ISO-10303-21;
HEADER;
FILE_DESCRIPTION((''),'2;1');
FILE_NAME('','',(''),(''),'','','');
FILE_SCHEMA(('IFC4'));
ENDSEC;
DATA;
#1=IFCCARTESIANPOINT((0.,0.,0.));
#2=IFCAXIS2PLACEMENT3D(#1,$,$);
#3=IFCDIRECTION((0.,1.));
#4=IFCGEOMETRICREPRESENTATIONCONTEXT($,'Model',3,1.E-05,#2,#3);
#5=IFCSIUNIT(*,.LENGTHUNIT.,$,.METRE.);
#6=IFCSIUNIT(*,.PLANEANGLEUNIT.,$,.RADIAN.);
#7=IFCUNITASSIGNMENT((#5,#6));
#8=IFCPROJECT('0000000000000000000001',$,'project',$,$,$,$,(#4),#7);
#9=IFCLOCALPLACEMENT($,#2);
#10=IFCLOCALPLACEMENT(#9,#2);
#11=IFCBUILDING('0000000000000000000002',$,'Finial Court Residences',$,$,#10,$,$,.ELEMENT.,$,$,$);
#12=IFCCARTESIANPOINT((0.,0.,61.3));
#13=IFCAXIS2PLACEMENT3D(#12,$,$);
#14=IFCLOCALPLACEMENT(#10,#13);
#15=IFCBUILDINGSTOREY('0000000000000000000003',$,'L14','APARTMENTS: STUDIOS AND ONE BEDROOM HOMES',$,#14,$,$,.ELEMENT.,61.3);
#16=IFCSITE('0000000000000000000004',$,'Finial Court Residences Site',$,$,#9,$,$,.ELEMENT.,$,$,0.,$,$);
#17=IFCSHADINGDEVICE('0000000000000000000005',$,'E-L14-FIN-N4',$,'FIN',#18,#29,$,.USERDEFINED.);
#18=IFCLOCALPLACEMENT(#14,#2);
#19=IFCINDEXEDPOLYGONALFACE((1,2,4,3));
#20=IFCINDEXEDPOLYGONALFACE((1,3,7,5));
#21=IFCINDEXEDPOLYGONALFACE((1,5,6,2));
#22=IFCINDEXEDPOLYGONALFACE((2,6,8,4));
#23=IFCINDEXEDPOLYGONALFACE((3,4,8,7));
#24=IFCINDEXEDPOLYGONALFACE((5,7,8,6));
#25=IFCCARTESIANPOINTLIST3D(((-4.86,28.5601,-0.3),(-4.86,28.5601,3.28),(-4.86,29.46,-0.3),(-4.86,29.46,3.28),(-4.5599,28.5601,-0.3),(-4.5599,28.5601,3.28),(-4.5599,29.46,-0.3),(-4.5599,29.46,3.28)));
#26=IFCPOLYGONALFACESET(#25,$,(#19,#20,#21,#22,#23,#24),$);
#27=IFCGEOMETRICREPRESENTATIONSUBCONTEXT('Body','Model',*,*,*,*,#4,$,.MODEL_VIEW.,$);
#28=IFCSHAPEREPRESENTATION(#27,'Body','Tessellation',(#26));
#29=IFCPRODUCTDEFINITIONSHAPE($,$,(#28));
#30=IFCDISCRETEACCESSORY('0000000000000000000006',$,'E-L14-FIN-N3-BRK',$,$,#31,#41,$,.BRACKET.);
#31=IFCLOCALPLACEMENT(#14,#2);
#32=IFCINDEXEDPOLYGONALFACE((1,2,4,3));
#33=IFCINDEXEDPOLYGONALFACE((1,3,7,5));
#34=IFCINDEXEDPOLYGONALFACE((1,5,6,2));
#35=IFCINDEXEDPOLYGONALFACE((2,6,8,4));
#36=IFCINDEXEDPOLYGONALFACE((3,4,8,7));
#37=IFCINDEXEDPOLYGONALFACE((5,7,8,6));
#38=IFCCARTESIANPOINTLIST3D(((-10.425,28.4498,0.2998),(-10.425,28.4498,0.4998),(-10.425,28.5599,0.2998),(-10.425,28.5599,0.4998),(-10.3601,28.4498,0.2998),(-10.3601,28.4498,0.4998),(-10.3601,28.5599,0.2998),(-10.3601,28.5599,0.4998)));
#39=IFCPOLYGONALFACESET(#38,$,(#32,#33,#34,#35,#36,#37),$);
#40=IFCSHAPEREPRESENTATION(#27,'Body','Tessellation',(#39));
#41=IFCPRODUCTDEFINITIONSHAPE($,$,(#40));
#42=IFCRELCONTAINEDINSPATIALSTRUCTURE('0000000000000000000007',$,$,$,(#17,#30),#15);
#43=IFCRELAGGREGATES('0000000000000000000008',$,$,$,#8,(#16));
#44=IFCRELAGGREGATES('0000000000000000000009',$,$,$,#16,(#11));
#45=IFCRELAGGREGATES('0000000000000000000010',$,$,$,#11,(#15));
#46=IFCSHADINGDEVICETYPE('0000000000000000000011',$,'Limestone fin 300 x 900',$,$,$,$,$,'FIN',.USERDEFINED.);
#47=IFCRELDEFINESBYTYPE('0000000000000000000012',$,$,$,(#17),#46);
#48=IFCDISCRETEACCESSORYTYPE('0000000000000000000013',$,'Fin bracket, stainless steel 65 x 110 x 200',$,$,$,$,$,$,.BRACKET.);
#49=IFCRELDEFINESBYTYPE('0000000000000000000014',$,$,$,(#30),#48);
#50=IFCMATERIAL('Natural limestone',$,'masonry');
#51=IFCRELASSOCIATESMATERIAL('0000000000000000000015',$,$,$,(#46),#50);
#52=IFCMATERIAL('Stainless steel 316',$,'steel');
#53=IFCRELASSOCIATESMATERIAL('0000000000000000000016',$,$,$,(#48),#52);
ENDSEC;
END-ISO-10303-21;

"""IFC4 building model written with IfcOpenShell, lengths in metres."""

from ifc_helpers import new_model, si_unit, direction, frame, origin, origin_2d, place, context, subcontext, project, spatial, rectangle, extrude, material, type_object, element, save


model = new_model("IFC4")

# Units and contexts
model_context = context("Model", 3, precision=1e-05, world=origin(), true_north=direction((0.0, 1.0)))
body_context = subcontext(model_context, "Body", "Model", "MODEL_VIEW")
ifc_project = project(units=[si_unit("LENGTHUNIT", "METRE"), si_unit("PLANEANGLEUNIT", "RADIAN")], contexts=[model_context])

# Site, building, storey
site_placement = place(None, origin())
site = spatial("IfcSite", under=ifc_project, at=site_placement, Name="Finial Court Residences Site", CompositionType="ELEMENT", RefElevation=0.0)
building_placement = place(site_placement, origin())
building = spatial("IfcBuilding", under=site, at=building_placement, Name="Finial Court Residences", CompositionType="ELEMENT")
storey_placement = place(building_placement, frame((0.0, 0.0, 61.3)))
storey = spatial("IfcBuildingStorey", under=building, at=storey_placement, Name="L14", Description="APARTMENTS: STUDIOS AND ONE BEDROOM HOMES", CompositionType="ELEMENT", Elevation=61.3)

# Shared definitions
ifc_material_1 = material(Name="Natural limestone", Category="masonry")

# Shading device
shading_device_type = type_object("IfcShadingDeviceType", Name="Limestone fin 300 x 900", ElementType="FIN", PredefinedType="USERDEFINED", material=ifc_material_1)
for number, where, z_axis, x_axis, name in (
    (1, (-4.71, 29.01, -0.3), (0.0, 0.0, 1.0), (1.0, 0.0, 0.0), "E-L14-FIN-N4"),
):
    element("IfcShadingDevice", number, at=place(storey_placement, frame(where, z_axis=z_axis, x_axis=x_axis)), inside=storey, type_object=shading_device_type, Name=name, ObjectType="FIN", PredefinedType="USERDEFINED", context=body_context, shape_type="SweptSolid", body=[
        extrude(rectangle(XDim=0.3, YDim=0.8999, at=origin_2d()), origin(), (0.0, 0.0, 1.0), 3.5801),
    ])

# Discrete accessory
ifc_material_2 = material(Name="Stainless steel 316", Category="steel")
discrete_accessory_type = type_object("IfcDiscreteAccessoryType", Name="Fin bracket, stainless steel 65 x 110 x 200", PredefinedType="BRACKET", material=ifc_material_2)
discrete_accessory_placement = place(storey_placement, frame((-10.3926, 28.5049, 0.2998), z_axis=(0.0, 0.0, 1.0), x_axis=(1.0, 0.0, 0.0)))
element("IfcDiscreteAccessory", 2, at=discrete_accessory_placement, inside=storey, type_object=discrete_accessory_type, Name="E-L14-FIN-N3-BRK", PredefinedType="BRACKET", context=body_context, shape_type="SweptSolid", body=[
    extrude(rectangle(XDim=0.0649, YDim=0.1101, at=origin_2d()), origin(), (0.0, 0.0, 1.0), 0.2),
])

save(model, "model.ifc")
